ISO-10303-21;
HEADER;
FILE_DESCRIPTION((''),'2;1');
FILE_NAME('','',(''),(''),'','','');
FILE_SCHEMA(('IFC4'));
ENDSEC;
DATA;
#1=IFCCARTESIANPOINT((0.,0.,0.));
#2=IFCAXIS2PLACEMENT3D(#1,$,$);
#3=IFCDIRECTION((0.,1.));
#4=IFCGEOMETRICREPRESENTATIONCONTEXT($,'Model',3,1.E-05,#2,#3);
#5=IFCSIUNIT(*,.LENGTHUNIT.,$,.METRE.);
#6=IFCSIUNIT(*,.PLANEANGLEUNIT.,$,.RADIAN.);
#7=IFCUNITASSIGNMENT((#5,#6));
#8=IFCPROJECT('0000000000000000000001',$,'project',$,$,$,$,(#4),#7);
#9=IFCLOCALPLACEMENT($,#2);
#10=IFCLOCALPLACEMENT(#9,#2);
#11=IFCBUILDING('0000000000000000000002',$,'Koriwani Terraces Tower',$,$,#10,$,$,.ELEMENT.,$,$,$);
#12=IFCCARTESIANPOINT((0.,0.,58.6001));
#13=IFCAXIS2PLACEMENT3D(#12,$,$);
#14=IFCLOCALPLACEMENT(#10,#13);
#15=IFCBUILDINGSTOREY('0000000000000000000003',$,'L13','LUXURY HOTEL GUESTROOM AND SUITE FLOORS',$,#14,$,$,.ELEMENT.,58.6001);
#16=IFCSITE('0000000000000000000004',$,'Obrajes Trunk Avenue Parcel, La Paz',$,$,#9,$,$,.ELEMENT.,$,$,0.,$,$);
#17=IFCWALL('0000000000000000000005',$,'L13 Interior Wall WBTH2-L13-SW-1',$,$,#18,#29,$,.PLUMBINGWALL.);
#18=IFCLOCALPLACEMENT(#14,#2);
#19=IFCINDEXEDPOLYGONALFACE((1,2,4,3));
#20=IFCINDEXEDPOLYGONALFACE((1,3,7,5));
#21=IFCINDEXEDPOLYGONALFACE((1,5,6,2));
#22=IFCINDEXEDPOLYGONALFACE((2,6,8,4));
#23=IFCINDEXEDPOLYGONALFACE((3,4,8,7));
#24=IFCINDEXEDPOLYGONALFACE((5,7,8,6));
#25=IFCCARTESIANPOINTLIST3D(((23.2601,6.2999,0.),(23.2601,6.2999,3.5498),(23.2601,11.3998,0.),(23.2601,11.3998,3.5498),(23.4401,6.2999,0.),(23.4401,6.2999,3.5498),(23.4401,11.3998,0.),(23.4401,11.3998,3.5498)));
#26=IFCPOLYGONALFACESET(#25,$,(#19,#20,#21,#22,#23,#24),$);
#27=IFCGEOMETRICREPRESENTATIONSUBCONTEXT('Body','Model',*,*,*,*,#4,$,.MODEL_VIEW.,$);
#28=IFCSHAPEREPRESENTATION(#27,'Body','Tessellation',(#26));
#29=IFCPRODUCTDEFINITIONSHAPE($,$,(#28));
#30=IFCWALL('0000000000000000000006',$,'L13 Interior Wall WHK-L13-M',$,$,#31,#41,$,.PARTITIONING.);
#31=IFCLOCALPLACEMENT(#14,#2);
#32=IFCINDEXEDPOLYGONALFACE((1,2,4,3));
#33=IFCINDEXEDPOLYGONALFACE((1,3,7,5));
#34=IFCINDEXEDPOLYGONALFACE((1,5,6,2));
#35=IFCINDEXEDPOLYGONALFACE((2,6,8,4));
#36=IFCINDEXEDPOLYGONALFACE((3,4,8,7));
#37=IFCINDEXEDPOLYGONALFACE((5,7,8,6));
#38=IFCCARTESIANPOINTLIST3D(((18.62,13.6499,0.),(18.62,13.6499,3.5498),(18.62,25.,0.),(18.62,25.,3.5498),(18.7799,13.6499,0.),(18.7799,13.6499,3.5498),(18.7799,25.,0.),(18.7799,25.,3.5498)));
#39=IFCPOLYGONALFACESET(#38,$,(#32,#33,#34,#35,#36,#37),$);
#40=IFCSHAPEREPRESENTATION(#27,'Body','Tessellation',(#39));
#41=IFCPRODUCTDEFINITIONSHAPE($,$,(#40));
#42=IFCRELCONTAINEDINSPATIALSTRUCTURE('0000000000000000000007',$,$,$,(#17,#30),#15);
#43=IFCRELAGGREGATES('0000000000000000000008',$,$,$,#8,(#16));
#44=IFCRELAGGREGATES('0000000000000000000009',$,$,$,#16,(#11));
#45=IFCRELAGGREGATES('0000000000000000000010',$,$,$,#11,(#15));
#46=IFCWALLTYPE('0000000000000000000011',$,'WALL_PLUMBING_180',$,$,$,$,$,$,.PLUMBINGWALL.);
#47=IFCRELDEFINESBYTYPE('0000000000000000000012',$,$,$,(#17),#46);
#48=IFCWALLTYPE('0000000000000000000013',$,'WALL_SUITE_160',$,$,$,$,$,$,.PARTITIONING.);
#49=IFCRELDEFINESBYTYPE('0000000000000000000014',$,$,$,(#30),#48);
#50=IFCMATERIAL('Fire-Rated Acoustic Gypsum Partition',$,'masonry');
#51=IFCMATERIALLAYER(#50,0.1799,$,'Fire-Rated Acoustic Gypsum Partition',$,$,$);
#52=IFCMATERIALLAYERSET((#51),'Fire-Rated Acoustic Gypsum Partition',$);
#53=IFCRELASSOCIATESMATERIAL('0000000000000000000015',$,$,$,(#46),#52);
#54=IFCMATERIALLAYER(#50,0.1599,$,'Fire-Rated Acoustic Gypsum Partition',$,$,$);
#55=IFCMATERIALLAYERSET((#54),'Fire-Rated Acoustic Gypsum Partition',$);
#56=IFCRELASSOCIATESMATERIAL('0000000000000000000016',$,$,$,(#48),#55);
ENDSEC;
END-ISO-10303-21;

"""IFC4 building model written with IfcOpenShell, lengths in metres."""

from ifc_helpers import new_model, si_unit, direction, frame, frame_2d, origin, place, context, subcontext, project, spatial, rectangle, extrude, material, layer, layer_set, type_object, element, save


model = new_model("IFC4")

# Units and contexts
model_context = context("Model", 3, precision=1e-05, world=origin(), true_north=direction((0.0, 1.0)))
body_context = subcontext(model_context, "Body", "Model", "MODEL_VIEW")
ifc_project = project(units=[si_unit("LENGTHUNIT", "METRE"), si_unit("PLANEANGLEUNIT", "RADIAN")], contexts=[model_context])

# Site, building, storey
site_placement = place(None, origin())
site = spatial("IfcSite", under=ifc_project, at=site_placement, Name="Obrajes Trunk Avenue Parcel, La Paz", CompositionType="ELEMENT", RefElevation=0.0)
building_placement = place(site_placement, origin())
building = spatial("IfcBuilding", under=site, at=building_placement, Name="Koriwani Terraces Tower", CompositionType="ELEMENT")
storey_placement = place(building_placement, frame((0.0, 0.0, 58.6001)))
storey = spatial("IfcBuildingStorey", under=building, at=storey_placement, Name="L13", Description="LUXURY HOTEL GUESTROOM AND SUITE FLOORS", CompositionType="ELEMENT", Elevation=58.6001)

# Walls
ifc_material_1 = material(Name="Fire-Rated Acoustic Gypsum Partition", Category="masonry")
ifc_layer_1 = layer(ifc_material_1, 0.1799, Name="Fire-Rated Acoustic Gypsum Partition")
ifc_layer_set_1 = layer_set([ifc_layer_1], Name="Fire-Rated Acoustic Gypsum Partition")
wall_type_1 = type_object("IfcWallType", Name="WALL_PLUMBING_180", PredefinedType="PLUMBINGWALL", material=ifc_layer_set_1)
wall_1_placement = place(storey_placement, frame((23.3501, 6.3, 0.0), z_axis=(0.0, 0.0, 1.0), x_axis=(0.0, 1.0, 0.0)))
element("IfcWall", 1, at=wall_1_placement, inside=storey, type_object=wall_type_1, Name="L13 Interior Wall WBTH2-L13-SW-1", PredefinedType="PLUMBINGWALL", context=body_context, shape_type="SweptSolid", body=[
    extrude(rectangle(XDim=5.0999, YDim=0.1799, at=frame_2d((2.5498, 0.0))), origin(), (0.0, 0.0, 1.0), 3.5498),
])
ifc_layer_2 = layer(ifc_material_1, 0.1599, Name="Fire-Rated Acoustic Gypsum Partition")
ifc_layer_set_2 = layer_set([ifc_layer_2], Name="Fire-Rated Acoustic Gypsum Partition")
wall_type_2 = type_object("IfcWallType", Name="WALL_SUITE_160", PredefinedType="PARTITIONING", material=ifc_layer_set_2)
wall_2_placement = place(storey_placement, frame((18.7, 13.6499, 0.0), z_axis=(0.0, 0.0, 1.0), x_axis=(0.0, 1.0, 0.0)))
element("IfcWall", 2, at=wall_2_placement, inside=storey, type_object=wall_type_2, Name="L13 Interior Wall WHK-L13-M", PredefinedType="PARTITIONING", context=body_context, shape_type="SweptSolid", body=[
    extrude(rectangle(XDim=11.3501, YDim=0.1599, at=frame_2d((5.675, 0.0))), origin(), (0.0, 0.0, 1.0), 3.5498),
])

save(model, "model.ifc")
